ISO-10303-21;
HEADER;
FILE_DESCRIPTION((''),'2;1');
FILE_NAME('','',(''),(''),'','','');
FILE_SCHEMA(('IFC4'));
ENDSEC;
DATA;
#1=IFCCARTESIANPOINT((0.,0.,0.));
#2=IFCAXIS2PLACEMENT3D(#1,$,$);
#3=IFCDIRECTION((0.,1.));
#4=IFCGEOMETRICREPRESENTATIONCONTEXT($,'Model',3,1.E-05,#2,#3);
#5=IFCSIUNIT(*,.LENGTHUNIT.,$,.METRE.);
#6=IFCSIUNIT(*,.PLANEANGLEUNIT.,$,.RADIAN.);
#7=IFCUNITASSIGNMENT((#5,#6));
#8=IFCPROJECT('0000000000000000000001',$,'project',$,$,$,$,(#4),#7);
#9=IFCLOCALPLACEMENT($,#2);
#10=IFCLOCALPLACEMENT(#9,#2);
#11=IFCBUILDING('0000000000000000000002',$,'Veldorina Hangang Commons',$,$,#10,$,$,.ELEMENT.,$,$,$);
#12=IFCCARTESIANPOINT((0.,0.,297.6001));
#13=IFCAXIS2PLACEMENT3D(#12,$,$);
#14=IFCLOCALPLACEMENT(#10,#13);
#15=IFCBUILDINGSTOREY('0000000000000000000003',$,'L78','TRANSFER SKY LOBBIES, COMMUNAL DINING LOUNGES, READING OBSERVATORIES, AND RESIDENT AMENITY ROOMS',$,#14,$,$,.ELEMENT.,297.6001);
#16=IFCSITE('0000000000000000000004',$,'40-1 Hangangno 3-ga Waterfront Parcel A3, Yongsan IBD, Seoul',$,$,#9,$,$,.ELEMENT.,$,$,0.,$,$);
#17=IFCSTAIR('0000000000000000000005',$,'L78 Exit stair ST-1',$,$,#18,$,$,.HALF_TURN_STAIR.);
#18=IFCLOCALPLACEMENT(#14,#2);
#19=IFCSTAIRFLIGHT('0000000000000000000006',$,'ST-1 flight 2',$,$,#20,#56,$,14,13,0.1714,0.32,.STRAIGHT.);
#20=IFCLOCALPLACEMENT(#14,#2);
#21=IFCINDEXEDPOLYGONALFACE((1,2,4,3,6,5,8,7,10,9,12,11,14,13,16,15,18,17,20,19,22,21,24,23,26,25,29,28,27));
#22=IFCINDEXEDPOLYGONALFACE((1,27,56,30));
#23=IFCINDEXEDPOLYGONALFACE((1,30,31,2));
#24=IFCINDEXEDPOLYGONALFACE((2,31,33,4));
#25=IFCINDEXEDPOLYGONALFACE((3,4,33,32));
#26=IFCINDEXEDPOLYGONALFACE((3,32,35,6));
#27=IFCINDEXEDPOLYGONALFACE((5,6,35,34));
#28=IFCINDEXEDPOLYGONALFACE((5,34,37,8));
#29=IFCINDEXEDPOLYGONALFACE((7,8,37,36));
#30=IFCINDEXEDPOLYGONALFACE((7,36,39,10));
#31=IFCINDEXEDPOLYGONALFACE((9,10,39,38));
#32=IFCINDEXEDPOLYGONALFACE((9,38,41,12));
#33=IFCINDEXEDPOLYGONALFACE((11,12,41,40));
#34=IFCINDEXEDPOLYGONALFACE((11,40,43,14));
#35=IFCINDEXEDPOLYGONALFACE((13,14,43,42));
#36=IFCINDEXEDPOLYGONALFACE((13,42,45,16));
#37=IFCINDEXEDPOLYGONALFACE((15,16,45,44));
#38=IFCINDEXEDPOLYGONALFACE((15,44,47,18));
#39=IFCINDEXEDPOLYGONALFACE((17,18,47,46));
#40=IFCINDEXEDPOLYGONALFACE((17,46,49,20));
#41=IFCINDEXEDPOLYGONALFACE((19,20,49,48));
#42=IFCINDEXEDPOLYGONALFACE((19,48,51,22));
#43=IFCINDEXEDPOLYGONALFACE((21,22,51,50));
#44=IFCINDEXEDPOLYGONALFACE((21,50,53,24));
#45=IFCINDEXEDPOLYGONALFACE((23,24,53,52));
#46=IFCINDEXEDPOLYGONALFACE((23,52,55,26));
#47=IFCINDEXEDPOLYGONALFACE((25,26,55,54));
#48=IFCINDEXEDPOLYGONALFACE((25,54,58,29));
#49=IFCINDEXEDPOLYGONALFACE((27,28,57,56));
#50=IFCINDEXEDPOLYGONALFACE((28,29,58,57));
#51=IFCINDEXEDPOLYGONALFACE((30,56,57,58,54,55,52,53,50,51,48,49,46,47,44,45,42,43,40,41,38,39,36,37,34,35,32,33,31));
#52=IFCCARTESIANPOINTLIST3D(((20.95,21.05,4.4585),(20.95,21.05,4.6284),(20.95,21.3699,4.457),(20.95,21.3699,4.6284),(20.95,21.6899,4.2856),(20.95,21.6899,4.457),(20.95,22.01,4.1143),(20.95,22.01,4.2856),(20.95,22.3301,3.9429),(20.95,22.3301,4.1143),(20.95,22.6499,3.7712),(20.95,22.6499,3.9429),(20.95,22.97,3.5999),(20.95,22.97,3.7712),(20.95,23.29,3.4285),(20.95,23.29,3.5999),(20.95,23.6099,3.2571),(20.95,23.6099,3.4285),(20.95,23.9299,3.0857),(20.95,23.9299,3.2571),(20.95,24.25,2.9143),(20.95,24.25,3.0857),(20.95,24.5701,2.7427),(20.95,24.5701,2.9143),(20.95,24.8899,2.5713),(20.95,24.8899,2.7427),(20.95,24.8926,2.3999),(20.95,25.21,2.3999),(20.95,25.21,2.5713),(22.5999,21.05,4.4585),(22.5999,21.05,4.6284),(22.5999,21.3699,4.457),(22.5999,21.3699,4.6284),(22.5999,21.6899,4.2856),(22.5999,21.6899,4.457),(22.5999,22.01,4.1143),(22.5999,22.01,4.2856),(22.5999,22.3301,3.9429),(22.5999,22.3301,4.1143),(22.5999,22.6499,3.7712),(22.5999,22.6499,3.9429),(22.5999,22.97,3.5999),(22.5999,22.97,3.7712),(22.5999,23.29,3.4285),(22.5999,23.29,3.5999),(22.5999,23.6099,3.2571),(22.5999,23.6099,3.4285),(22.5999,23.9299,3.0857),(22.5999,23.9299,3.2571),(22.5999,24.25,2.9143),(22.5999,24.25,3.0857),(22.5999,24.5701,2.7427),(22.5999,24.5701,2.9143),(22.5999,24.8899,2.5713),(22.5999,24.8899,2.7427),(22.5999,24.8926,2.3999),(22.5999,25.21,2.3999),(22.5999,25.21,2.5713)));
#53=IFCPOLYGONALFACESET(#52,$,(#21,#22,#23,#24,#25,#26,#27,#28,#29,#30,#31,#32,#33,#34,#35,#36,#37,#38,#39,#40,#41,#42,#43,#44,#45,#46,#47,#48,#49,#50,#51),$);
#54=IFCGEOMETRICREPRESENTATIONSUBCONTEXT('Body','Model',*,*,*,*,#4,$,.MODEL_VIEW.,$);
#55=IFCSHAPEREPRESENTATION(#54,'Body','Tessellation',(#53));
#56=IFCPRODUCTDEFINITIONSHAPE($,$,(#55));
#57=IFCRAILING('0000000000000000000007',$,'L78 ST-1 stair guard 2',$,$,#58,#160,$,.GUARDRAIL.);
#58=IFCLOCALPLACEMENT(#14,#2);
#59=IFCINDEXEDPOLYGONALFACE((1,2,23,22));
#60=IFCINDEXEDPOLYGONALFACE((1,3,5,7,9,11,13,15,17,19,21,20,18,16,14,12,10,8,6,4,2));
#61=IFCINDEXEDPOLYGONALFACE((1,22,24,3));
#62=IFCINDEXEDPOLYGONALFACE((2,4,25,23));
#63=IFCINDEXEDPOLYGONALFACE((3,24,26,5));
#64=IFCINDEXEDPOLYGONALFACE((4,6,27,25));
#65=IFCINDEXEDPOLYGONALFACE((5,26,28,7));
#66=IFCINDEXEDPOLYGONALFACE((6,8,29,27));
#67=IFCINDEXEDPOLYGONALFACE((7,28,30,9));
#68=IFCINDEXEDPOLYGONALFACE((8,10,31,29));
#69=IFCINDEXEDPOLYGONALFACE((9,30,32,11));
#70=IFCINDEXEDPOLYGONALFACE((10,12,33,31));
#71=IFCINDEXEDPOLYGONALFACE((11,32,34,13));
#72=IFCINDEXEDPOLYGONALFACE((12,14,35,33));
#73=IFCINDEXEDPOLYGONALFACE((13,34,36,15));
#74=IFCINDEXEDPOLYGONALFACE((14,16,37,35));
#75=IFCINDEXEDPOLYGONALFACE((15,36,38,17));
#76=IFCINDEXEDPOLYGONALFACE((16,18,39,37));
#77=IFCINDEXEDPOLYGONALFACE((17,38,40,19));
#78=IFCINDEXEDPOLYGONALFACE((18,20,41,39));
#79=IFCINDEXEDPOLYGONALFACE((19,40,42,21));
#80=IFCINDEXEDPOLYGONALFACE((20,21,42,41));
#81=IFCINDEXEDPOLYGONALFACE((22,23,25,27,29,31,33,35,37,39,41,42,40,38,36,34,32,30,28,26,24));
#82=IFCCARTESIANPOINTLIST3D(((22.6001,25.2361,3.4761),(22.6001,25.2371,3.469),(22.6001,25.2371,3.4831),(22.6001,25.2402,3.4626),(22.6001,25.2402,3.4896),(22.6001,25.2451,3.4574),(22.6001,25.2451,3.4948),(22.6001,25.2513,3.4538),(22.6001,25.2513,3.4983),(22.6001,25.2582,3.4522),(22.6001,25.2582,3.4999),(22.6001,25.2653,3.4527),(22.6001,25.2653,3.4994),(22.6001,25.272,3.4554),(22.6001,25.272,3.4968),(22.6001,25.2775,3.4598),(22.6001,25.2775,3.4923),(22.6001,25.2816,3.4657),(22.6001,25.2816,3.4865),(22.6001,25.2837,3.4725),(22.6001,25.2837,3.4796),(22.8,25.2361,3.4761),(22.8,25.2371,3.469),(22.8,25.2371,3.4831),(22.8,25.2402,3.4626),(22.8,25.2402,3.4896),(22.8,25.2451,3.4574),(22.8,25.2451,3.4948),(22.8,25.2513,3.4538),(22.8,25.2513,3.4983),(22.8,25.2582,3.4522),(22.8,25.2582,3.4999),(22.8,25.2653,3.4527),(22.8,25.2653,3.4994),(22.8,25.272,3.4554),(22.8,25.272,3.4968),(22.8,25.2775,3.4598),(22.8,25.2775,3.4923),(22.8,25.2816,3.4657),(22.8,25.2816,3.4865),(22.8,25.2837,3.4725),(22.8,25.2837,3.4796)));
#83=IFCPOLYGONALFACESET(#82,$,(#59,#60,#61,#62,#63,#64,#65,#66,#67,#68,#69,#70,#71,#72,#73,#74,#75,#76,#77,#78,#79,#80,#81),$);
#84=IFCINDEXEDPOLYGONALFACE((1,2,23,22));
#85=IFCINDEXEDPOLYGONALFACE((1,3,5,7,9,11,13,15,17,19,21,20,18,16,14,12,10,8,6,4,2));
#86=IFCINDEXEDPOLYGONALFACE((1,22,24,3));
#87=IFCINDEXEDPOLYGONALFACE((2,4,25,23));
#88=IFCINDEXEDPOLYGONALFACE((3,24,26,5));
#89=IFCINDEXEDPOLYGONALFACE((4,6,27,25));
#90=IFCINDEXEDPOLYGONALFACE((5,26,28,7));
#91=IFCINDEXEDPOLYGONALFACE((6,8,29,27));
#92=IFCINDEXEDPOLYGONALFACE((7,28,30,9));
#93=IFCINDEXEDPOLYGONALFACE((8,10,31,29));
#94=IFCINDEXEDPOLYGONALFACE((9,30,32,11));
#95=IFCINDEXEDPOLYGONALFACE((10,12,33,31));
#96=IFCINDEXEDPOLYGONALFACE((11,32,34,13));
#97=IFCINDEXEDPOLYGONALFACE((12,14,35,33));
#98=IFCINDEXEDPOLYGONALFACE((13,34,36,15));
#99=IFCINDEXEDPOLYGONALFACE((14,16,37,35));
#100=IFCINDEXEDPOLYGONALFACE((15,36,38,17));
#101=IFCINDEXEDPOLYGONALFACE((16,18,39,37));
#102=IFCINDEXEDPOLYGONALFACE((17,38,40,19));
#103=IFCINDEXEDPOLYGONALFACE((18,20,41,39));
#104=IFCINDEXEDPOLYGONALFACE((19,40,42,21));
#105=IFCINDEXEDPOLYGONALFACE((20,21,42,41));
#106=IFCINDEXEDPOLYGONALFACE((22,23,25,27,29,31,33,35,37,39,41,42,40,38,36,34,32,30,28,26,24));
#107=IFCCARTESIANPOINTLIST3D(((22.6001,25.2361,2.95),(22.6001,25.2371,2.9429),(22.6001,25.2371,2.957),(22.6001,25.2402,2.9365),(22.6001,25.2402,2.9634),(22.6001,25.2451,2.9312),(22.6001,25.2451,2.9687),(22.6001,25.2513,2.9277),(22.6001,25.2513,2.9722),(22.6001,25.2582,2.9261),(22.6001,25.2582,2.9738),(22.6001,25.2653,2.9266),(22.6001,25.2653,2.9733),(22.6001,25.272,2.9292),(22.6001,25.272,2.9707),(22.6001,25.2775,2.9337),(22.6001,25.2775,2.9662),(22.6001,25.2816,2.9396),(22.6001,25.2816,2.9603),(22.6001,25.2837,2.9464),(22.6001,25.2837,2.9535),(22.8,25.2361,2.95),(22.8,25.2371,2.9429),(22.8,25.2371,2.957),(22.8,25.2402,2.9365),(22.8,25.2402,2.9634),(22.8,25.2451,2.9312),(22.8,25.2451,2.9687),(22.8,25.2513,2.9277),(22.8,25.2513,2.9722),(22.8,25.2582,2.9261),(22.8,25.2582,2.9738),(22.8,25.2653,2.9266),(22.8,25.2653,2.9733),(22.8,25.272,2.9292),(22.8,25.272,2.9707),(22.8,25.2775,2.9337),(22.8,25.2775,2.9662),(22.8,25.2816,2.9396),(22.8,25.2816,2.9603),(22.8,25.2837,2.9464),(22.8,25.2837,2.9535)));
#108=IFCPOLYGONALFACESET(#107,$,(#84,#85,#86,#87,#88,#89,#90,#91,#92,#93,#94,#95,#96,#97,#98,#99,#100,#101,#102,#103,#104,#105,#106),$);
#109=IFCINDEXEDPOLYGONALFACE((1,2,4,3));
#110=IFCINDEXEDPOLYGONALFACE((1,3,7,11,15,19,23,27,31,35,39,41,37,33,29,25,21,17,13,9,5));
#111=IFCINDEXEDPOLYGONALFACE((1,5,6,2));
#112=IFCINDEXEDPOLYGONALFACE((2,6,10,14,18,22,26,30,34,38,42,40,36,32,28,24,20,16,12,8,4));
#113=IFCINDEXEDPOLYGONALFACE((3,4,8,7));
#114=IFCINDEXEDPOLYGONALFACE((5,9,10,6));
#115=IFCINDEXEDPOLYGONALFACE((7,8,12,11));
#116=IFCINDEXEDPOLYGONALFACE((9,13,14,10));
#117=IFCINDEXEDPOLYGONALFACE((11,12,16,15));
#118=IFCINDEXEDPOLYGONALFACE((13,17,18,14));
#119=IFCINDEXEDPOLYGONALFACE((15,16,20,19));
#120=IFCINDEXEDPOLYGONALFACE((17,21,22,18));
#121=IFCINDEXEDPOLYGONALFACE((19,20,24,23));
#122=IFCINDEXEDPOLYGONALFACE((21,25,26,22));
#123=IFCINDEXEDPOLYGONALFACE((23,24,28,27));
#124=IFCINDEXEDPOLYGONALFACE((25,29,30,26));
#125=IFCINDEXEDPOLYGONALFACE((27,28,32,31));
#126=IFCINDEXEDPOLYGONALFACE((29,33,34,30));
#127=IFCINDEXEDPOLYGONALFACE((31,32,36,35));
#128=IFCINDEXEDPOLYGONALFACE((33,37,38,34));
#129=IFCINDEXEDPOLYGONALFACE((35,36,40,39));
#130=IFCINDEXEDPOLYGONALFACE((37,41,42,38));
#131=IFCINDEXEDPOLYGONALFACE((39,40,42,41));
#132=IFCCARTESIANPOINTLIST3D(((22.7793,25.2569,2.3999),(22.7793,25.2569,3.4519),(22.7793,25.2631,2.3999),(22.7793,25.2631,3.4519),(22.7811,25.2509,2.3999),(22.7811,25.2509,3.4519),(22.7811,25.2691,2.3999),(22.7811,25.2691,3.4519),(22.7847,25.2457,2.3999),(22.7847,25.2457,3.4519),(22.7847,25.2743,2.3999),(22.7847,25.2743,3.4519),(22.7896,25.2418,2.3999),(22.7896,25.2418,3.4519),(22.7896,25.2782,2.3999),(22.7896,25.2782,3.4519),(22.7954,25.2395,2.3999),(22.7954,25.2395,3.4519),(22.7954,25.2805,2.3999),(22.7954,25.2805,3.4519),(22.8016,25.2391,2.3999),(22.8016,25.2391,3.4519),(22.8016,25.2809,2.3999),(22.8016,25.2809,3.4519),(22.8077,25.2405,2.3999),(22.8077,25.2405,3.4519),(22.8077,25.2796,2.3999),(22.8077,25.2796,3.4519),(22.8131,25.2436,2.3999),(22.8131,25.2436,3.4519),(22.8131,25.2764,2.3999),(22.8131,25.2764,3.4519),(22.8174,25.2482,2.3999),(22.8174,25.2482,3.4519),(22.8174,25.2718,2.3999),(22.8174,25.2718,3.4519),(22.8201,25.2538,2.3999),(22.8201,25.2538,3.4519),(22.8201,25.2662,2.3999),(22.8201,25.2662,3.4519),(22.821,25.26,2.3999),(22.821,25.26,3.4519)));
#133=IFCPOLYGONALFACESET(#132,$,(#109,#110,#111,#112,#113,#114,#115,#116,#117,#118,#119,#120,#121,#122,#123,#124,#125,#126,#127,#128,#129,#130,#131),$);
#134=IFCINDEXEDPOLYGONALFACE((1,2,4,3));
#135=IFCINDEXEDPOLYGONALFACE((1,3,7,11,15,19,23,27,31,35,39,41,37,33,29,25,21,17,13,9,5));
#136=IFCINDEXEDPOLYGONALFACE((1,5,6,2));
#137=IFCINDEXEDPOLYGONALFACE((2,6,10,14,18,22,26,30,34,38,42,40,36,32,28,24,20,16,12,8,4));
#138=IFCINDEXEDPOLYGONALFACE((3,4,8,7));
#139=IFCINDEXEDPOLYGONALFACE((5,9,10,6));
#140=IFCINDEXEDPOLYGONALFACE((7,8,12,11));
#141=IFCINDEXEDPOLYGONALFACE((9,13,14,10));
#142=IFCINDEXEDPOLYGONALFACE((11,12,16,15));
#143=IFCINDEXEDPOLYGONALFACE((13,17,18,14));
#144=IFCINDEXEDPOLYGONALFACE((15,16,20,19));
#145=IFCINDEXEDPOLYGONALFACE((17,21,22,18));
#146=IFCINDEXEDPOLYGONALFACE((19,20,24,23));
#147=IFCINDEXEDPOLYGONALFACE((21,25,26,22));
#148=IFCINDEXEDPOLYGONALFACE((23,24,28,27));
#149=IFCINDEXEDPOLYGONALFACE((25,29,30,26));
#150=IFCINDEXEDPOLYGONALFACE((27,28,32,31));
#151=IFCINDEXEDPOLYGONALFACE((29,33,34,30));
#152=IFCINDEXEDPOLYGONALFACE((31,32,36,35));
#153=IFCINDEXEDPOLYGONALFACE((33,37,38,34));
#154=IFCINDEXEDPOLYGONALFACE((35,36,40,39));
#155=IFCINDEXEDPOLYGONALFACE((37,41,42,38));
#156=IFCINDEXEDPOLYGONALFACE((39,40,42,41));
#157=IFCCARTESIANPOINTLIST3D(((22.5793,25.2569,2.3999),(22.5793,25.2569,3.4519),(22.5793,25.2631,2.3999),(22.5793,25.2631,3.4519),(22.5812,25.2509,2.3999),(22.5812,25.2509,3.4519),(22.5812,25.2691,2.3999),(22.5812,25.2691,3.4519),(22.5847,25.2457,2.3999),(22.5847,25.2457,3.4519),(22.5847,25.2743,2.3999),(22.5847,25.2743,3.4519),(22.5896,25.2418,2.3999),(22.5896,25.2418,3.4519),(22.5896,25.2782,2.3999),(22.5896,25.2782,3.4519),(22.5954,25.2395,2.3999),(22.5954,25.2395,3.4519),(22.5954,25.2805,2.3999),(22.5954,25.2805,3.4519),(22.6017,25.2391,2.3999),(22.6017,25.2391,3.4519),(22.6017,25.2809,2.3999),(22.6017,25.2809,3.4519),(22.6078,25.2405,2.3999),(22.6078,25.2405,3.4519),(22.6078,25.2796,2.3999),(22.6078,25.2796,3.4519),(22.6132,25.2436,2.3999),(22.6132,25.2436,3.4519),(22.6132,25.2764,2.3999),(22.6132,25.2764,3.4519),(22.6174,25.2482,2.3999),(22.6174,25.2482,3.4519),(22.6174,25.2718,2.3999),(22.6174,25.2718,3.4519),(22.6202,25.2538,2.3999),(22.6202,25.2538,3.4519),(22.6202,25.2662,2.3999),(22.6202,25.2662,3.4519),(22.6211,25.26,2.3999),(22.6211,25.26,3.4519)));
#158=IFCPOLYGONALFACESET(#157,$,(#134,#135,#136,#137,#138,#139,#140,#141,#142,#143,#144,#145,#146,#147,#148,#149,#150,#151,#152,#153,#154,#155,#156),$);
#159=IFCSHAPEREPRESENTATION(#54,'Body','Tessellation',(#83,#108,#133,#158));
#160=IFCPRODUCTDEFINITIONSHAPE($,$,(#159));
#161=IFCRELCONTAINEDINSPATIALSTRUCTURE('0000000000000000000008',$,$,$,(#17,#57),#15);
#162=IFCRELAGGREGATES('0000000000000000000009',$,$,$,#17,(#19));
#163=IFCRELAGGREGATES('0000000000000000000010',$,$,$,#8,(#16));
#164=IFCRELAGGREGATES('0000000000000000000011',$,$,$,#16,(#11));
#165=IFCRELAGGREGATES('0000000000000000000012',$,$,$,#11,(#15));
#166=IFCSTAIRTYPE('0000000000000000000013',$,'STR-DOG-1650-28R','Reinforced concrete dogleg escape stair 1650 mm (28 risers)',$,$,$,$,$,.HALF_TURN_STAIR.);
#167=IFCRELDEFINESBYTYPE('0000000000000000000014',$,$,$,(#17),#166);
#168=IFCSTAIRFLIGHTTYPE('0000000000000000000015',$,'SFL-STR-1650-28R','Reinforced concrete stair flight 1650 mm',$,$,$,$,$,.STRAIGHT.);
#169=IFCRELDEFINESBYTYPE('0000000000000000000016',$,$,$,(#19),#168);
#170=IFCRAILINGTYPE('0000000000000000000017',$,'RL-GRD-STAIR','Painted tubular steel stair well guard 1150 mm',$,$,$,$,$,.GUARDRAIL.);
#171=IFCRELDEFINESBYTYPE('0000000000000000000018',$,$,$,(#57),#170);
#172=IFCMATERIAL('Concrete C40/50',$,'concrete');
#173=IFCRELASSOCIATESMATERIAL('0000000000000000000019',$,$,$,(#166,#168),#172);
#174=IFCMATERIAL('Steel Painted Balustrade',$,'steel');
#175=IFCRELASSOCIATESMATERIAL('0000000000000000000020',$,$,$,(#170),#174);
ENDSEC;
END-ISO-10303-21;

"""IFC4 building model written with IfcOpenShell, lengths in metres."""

from ifc_helpers import new_model, si_unit, direction, frame, origin, origin_2d, place, context, subcontext, project, spatial, polyline, circle, outline, extrude, material, type_object, element, aggregate, save


model = new_model("IFC4")

# Units and contexts
model_context = context("Model", 3, precision=1e-05, world=origin(), true_north=direction((0.0, 1.0)))
body_context = subcontext(model_context, "Body", "Model", "MODEL_VIEW")
ifc_project = project(units=[si_unit("LENGTHUNIT", "METRE"), si_unit("PLANEANGLEUNIT", "RADIAN")], contexts=[model_context])

# Site, building, storey
site_placement = place(None, origin())
site = spatial("IfcSite", under=ifc_project, at=site_placement, Name="40-1 Hangangno 3-ga Waterfront Parcel A3, Yongsan IBD, Seoul", CompositionType="ELEMENT", RefElevation=0.0)
building_placement = place(site_placement, origin())
building = spatial("IfcBuilding", under=site, at=building_placement, Name="Veldorina Hangang Commons", CompositionType="ELEMENT")
storey_placement = place(building_placement, frame((0.0, 0.0, 297.6001)))
storey = spatial("IfcBuildingStorey", under=building, at=storey_placement, Name="L78", Description="TRANSFER SKY LOBBIES, COMMUNAL DINING LOUNGES, READING OBSERVATORIES, AND RESIDENT AMENITY ROOMS", CompositionType="ELEMENT", Elevation=297.6001)

# Stair, stair flight
ifc_material_1 = material(Name="Concrete C40/50", Category="concrete")
stair_type = type_object("IfcStairType", Name="STR-DOG-1650-28R", Description="Reinforced concrete dogleg escape stair 1650 mm (28 risers)", PredefinedType="HALF_TURN_STAIR", material=ifc_material_1)
stair_placement = place(storey_placement, origin())
stair = element("IfcStair", 1, at=stair_placement, inside=storey, type_object=stair_type, Name="L78 Exit stair ST-1", PredefinedType="HALF_TURN_STAIR")
stair_flight_type = type_object("IfcStairFlightType", Name="SFL-STR-1650-28R", Description="Reinforced concrete stair flight 1650 mm", PredefinedType="STRAIGHT", material=ifc_material_1)
stair_flight_placement = place(storey_placement, frame((21.7749, 25.21, 2.3999), z_axis=(0.0, 0.0, 1.0), x_axis=(0.0, -1.0, 0.0)))
stair_flight = element("IfcStairFlight", 2, at=stair_flight_placement, type_object=stair_flight_type, Name="ST-1 flight 2", NumberOfRisers=14, NumberOfTreads=13, PredefinedType="STRAIGHT", RiserHeight=0.1714, TreadLength=0.32, context=body_context, shape_type="SweptSolid", body=[
    extrude(outline(polyline([(0.0, 0.0), (0.0, 0.1714), (0.3201, 0.1714), (0.3201, 0.3428), (0.6399, 0.3428), (0.6399, 0.5144), (0.96, 0.5144), (0.96, 0.6858), (1.28, 0.6858), (1.28, 0.8572), (1.6001, 0.8572), (1.6001, 1.0286), (1.9199, 1.0286), (1.9199, 1.2), (2.24, 1.2), (2.24, 1.3713), (2.5601, 1.3713), (2.5601, 1.543), (2.8799, 1.543), (2.8799, 1.7144), (3.2, 1.7144), (3.2, 1.8857), (3.52, 1.8857), (3.52, 2.0571), (3.8401, 2.0571), (3.8401, 2.2285), (4.1599, 2.2285), (4.1599, 2.3999), (4.1599, 2.0586), (0.3174, 0.0), (0.0, 0.0)])), frame((0.0, 0.825, 0.0), z_axis=(0.0, -1.0, 0.0), x_axis=(1.0, 0.0, 0.0)), (0.0, 0.0, 1.0), 1.6499),
])
aggregate(stair, [stair_flight])

# Railing
ifc_material_2 = material(Name="Steel Painted Balustrade", Category="steel")
railing_type = type_object("IfcRailingType", Name="RL-GRD-STAIR", Description="Painted tubular steel stair well guard 1150 mm", PredefinedType="GUARDRAIL", material=ifc_material_2)
railing_1_placement = place(storey_placement, frame((22.8, 25.26, 2.3999)))
element("IfcRailing", 3, at=railing_1_placement, inside=storey, type_object=railing_type, Name="L78 ST-1 stair guard 2", PredefinedType="GUARDRAIL", context=body_context, shape_type="SweptSolid", body=[
    extrude(circle(Radius=0.0239, at=origin_2d()), frame((0.0, 0.0, 1.0762), z_axis=(-1.0, 0.0, 0.0), x_axis=(0.0, -1.0, 0.0)), (0.0, 0.0, 1.0), 0.2),
    extrude(circle(Radius=0.0239, at=origin_2d()), frame((0.0, 0.0, 0.55), z_axis=(-1.0, 0.0, 0.0), x_axis=(0.0, -1.0, 0.0)), (0.0, 0.0, 1.0), 0.2),
    extrude(circle(Radius=0.021, at=origin_2d()), origin(), (0.0, 0.0, 1.0), 1.052),
    extrude(circle(Radius=0.021, at=origin_2d()), frame((-0.2, 0.0, 0.0)), (0.0, 0.0, 1.0), 1.052),
])

save(model, "model.ifc")
